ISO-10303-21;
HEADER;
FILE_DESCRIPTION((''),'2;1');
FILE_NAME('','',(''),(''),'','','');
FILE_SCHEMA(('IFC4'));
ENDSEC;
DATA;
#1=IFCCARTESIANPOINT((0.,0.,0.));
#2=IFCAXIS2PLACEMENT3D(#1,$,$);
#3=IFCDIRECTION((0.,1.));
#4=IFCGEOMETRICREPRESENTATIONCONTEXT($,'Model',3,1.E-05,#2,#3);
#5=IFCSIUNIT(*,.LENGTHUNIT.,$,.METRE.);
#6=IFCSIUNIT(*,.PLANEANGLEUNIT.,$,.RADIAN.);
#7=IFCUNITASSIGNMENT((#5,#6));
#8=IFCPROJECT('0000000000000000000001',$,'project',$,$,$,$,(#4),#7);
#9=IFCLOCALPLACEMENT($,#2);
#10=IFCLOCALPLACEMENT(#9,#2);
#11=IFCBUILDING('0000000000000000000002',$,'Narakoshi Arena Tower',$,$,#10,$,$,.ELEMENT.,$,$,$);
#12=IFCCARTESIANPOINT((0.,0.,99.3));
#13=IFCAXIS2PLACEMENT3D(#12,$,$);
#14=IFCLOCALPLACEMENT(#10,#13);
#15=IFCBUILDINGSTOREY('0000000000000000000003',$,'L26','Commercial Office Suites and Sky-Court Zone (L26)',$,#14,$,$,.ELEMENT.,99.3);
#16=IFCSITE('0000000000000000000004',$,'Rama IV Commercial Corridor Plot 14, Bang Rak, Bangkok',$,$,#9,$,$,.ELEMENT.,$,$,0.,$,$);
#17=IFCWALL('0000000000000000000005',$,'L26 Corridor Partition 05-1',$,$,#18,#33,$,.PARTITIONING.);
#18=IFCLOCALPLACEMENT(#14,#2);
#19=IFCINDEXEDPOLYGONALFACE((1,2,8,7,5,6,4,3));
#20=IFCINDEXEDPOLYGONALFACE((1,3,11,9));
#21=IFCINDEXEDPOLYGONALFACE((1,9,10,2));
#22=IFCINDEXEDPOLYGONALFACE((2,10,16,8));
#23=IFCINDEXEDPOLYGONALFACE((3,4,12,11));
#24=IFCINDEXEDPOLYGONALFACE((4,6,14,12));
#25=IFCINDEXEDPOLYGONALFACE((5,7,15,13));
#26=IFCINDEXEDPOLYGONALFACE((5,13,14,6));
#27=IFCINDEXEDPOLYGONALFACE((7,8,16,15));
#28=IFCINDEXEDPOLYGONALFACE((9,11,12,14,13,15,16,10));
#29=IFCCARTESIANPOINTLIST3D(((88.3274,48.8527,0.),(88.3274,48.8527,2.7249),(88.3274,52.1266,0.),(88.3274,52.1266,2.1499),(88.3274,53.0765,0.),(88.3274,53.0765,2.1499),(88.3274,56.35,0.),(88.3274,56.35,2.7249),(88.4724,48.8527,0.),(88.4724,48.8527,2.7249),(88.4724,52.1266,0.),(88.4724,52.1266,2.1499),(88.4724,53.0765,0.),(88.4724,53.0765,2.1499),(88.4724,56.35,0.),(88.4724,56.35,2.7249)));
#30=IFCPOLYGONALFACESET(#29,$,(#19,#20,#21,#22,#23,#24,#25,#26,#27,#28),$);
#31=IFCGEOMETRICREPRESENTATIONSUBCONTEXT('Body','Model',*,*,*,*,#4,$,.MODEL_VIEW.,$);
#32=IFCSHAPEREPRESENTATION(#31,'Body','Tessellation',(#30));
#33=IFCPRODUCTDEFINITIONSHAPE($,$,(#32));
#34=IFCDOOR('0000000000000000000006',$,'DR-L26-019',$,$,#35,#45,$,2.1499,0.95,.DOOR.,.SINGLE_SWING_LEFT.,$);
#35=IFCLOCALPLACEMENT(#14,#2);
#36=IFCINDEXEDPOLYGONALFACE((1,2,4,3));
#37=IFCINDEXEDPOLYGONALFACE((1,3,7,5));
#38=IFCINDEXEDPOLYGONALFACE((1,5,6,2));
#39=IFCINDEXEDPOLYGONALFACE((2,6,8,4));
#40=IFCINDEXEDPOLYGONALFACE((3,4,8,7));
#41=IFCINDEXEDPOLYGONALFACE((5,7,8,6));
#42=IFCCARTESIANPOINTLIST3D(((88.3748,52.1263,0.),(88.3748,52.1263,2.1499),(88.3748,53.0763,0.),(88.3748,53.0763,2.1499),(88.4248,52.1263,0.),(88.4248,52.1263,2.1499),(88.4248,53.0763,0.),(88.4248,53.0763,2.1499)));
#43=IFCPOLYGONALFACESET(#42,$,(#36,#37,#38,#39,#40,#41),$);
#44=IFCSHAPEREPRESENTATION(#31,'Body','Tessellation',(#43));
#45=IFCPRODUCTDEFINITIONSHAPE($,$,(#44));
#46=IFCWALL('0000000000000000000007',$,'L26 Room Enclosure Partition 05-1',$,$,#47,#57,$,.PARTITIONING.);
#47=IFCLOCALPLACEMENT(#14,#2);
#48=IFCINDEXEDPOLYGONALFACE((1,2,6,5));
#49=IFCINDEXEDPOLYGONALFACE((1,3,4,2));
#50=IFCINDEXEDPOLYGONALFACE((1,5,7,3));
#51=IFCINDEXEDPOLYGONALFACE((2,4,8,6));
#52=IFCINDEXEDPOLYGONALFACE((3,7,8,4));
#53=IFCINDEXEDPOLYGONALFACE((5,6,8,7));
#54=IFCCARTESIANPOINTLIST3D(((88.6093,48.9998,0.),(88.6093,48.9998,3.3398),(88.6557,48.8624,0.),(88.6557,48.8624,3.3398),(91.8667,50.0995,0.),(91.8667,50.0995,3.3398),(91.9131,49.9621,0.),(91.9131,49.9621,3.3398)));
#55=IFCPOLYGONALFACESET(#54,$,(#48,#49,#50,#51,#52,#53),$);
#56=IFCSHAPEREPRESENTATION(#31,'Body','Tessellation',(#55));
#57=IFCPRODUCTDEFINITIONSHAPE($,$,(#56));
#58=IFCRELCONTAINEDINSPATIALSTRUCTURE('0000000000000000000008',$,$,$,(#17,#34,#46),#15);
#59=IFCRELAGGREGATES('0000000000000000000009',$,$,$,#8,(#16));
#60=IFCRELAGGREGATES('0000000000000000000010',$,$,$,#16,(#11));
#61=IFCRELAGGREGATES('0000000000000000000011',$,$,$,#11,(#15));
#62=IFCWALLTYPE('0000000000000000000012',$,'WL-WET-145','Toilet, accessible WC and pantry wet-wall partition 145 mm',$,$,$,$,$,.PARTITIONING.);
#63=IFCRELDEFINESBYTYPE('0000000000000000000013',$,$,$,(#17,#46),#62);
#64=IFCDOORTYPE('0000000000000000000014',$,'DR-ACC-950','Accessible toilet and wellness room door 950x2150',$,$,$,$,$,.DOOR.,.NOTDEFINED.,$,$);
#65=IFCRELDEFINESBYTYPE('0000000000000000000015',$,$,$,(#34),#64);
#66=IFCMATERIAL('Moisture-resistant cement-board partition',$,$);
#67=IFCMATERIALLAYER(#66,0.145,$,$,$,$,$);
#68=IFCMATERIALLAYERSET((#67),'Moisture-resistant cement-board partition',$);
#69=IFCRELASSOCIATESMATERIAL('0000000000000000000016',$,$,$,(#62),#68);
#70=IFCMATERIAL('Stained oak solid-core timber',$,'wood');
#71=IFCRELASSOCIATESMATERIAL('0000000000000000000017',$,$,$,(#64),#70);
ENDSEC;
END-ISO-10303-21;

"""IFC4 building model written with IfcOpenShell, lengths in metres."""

from ifc_helpers import new_model, si_unit, direction, frame, frame_2d, origin, place, context, subcontext, project, spatial, rectangle, extrude, material, layer, layer_set, type_object, element, fill, save


model = new_model("IFC4")

# Units and contexts
model_context = context("Model", 3, precision=1e-05, world=origin(), true_north=direction((0.0, 1.0)))
body_context = subcontext(model_context, "Body", "Model", "MODEL_VIEW")
ifc_project = project(units=[si_unit("LENGTHUNIT", "METRE"), si_unit("PLANEANGLEUNIT", "RADIAN")], contexts=[model_context])

# Site, building, storey
site_placement = place(None, origin())
site = spatial("IfcSite", under=ifc_project, at=site_placement, Name="Rama IV Commercial Corridor Plot 14, Bang Rak, Bangkok", CompositionType="ELEMENT", RefElevation=0.0)
building_placement = place(site_placement, origin())
building = spatial("IfcBuilding", under=site, at=building_placement, Name="Narakoshi Arena Tower", CompositionType="ELEMENT")
storey_placement = place(building_placement, frame((0.0, 0.0, 99.3)))
storey = spatial("IfcBuildingStorey", under=building, at=storey_placement, Name="L26", Description="Commercial Office Suites and Sky-Court Zone (L26)", CompositionType="ELEMENT", Elevation=99.3)

# Shared definitions
ifc_material_1 = material(Name="Stained oak solid-core timber", Category="wood")

# Wall, opening, door
ifc_material_2 = material(Name="Moisture-resistant cement-board partition")
ifc_layer_1 = layer(ifc_material_2, 0.145)
ifc_layer_set_1 = layer_set([ifc_layer_1], Name="Moisture-resistant cement-board partition")
wall_type_1 = type_object("IfcWallType", Name="WL-WET-145", Description="Toilet, accessible WC and pantry wet-wall partition 145 mm", PredefinedType="PARTITIONING", material=ifc_layer_set_1)
wall_1_placement = place(storey_placement, frame((88.3999, 48.8528, 0.0), z_axis=(0.0, 0.0, 1.0), x_axis=(0.0, 1.0, 0.0)))
wall_1 = element("IfcWall", 1, at=wall_1_placement, inside=storey, type_object=wall_type_1, Name="L26 Corridor Partition 05-1", PredefinedType="PARTITIONING", context=body_context, shape_type="SweptSolid", body=[
    extrude(rectangle(XDim=7.4973, YDim=0.145, at=frame_2d((3.7485, 0.0))), origin(), (0.0, 0.0, 1.0), 2.7249),
])
opening_1_placement = place(wall_1_placement, frame((3.2737, 0.0, 0.0)))
opening_1 = element("IfcOpeningElement", 2, at=opening_1_placement, cuts=wall_1, PredefinedType="OPENING", context=body_context, shape_type="SweptSolid", body=[
    extrude(rectangle(XDim=0.95, YDim=2.1499, at=frame_2d((0.4751, 1.075))), frame((0.0, 0.0825, 0.0), z_axis=(0.0, -1.0, 0.0), x_axis=(1.0, 0.0, 0.0)), (0.0, 0.0, 1.0), 0.165),
])
door_type_1 = type_object("IfcDoorType", Name="DR-ACC-950", Description="Accessible toilet and wellness room door 950x2150", OperationType="NOTDEFINED", PredefinedType="DOOR", material=ifc_material_1)
door_1_placement = place(opening_1_placement, frame((0.95, 0.0, 0.0), z_axis=(0.0, 0.0, 1.0), x_axis=(-1.0, 0.0, 0.0)))
door_1 = element("IfcDoor", 3, at=door_1_placement, inside=storey, type_object=door_type_1, Name="DR-L26-019", OperationType="SINGLE_SWING_LEFT", OverallHeight=2.1499, OverallWidth=0.95, PredefinedType="DOOR", context=body_context, shape_type="SweptSolid", body=[
    extrude(rectangle(XDim=0.95, YDim=2.1499, at=frame_2d((0.4751, 1.075))), frame((0.0, 0.0249, 0.0), z_axis=(0.0, -1.0, 0.0), x_axis=(1.0, 0.0, 0.0)), (0.0, 0.0, 1.0), 0.05),
])
fill(opening_1, door_1)

# Wall
wall_2_placement = place(storey_placement, frame((91.8899, 50.0308, 0.0), z_axis=(0.0, 0.0, 1.0), x_axis=(-0.947469, -0.319847, 0.0)))
element("IfcWall", 4, at=wall_2_placement, inside=storey, type_object=wall_type_1, Name="L26 Room Enclosure Partition 05-1", PredefinedType="PARTITIONING", context=body_context, shape_type="SweptSolid", body=[
    extrude(rectangle(XDim=3.438, YDim=0.145, at=frame_2d((1.719, 0.0))), origin(), (0.0, 0.0, 1.0), 3.3398),
])

save(model, "model.ifc")
